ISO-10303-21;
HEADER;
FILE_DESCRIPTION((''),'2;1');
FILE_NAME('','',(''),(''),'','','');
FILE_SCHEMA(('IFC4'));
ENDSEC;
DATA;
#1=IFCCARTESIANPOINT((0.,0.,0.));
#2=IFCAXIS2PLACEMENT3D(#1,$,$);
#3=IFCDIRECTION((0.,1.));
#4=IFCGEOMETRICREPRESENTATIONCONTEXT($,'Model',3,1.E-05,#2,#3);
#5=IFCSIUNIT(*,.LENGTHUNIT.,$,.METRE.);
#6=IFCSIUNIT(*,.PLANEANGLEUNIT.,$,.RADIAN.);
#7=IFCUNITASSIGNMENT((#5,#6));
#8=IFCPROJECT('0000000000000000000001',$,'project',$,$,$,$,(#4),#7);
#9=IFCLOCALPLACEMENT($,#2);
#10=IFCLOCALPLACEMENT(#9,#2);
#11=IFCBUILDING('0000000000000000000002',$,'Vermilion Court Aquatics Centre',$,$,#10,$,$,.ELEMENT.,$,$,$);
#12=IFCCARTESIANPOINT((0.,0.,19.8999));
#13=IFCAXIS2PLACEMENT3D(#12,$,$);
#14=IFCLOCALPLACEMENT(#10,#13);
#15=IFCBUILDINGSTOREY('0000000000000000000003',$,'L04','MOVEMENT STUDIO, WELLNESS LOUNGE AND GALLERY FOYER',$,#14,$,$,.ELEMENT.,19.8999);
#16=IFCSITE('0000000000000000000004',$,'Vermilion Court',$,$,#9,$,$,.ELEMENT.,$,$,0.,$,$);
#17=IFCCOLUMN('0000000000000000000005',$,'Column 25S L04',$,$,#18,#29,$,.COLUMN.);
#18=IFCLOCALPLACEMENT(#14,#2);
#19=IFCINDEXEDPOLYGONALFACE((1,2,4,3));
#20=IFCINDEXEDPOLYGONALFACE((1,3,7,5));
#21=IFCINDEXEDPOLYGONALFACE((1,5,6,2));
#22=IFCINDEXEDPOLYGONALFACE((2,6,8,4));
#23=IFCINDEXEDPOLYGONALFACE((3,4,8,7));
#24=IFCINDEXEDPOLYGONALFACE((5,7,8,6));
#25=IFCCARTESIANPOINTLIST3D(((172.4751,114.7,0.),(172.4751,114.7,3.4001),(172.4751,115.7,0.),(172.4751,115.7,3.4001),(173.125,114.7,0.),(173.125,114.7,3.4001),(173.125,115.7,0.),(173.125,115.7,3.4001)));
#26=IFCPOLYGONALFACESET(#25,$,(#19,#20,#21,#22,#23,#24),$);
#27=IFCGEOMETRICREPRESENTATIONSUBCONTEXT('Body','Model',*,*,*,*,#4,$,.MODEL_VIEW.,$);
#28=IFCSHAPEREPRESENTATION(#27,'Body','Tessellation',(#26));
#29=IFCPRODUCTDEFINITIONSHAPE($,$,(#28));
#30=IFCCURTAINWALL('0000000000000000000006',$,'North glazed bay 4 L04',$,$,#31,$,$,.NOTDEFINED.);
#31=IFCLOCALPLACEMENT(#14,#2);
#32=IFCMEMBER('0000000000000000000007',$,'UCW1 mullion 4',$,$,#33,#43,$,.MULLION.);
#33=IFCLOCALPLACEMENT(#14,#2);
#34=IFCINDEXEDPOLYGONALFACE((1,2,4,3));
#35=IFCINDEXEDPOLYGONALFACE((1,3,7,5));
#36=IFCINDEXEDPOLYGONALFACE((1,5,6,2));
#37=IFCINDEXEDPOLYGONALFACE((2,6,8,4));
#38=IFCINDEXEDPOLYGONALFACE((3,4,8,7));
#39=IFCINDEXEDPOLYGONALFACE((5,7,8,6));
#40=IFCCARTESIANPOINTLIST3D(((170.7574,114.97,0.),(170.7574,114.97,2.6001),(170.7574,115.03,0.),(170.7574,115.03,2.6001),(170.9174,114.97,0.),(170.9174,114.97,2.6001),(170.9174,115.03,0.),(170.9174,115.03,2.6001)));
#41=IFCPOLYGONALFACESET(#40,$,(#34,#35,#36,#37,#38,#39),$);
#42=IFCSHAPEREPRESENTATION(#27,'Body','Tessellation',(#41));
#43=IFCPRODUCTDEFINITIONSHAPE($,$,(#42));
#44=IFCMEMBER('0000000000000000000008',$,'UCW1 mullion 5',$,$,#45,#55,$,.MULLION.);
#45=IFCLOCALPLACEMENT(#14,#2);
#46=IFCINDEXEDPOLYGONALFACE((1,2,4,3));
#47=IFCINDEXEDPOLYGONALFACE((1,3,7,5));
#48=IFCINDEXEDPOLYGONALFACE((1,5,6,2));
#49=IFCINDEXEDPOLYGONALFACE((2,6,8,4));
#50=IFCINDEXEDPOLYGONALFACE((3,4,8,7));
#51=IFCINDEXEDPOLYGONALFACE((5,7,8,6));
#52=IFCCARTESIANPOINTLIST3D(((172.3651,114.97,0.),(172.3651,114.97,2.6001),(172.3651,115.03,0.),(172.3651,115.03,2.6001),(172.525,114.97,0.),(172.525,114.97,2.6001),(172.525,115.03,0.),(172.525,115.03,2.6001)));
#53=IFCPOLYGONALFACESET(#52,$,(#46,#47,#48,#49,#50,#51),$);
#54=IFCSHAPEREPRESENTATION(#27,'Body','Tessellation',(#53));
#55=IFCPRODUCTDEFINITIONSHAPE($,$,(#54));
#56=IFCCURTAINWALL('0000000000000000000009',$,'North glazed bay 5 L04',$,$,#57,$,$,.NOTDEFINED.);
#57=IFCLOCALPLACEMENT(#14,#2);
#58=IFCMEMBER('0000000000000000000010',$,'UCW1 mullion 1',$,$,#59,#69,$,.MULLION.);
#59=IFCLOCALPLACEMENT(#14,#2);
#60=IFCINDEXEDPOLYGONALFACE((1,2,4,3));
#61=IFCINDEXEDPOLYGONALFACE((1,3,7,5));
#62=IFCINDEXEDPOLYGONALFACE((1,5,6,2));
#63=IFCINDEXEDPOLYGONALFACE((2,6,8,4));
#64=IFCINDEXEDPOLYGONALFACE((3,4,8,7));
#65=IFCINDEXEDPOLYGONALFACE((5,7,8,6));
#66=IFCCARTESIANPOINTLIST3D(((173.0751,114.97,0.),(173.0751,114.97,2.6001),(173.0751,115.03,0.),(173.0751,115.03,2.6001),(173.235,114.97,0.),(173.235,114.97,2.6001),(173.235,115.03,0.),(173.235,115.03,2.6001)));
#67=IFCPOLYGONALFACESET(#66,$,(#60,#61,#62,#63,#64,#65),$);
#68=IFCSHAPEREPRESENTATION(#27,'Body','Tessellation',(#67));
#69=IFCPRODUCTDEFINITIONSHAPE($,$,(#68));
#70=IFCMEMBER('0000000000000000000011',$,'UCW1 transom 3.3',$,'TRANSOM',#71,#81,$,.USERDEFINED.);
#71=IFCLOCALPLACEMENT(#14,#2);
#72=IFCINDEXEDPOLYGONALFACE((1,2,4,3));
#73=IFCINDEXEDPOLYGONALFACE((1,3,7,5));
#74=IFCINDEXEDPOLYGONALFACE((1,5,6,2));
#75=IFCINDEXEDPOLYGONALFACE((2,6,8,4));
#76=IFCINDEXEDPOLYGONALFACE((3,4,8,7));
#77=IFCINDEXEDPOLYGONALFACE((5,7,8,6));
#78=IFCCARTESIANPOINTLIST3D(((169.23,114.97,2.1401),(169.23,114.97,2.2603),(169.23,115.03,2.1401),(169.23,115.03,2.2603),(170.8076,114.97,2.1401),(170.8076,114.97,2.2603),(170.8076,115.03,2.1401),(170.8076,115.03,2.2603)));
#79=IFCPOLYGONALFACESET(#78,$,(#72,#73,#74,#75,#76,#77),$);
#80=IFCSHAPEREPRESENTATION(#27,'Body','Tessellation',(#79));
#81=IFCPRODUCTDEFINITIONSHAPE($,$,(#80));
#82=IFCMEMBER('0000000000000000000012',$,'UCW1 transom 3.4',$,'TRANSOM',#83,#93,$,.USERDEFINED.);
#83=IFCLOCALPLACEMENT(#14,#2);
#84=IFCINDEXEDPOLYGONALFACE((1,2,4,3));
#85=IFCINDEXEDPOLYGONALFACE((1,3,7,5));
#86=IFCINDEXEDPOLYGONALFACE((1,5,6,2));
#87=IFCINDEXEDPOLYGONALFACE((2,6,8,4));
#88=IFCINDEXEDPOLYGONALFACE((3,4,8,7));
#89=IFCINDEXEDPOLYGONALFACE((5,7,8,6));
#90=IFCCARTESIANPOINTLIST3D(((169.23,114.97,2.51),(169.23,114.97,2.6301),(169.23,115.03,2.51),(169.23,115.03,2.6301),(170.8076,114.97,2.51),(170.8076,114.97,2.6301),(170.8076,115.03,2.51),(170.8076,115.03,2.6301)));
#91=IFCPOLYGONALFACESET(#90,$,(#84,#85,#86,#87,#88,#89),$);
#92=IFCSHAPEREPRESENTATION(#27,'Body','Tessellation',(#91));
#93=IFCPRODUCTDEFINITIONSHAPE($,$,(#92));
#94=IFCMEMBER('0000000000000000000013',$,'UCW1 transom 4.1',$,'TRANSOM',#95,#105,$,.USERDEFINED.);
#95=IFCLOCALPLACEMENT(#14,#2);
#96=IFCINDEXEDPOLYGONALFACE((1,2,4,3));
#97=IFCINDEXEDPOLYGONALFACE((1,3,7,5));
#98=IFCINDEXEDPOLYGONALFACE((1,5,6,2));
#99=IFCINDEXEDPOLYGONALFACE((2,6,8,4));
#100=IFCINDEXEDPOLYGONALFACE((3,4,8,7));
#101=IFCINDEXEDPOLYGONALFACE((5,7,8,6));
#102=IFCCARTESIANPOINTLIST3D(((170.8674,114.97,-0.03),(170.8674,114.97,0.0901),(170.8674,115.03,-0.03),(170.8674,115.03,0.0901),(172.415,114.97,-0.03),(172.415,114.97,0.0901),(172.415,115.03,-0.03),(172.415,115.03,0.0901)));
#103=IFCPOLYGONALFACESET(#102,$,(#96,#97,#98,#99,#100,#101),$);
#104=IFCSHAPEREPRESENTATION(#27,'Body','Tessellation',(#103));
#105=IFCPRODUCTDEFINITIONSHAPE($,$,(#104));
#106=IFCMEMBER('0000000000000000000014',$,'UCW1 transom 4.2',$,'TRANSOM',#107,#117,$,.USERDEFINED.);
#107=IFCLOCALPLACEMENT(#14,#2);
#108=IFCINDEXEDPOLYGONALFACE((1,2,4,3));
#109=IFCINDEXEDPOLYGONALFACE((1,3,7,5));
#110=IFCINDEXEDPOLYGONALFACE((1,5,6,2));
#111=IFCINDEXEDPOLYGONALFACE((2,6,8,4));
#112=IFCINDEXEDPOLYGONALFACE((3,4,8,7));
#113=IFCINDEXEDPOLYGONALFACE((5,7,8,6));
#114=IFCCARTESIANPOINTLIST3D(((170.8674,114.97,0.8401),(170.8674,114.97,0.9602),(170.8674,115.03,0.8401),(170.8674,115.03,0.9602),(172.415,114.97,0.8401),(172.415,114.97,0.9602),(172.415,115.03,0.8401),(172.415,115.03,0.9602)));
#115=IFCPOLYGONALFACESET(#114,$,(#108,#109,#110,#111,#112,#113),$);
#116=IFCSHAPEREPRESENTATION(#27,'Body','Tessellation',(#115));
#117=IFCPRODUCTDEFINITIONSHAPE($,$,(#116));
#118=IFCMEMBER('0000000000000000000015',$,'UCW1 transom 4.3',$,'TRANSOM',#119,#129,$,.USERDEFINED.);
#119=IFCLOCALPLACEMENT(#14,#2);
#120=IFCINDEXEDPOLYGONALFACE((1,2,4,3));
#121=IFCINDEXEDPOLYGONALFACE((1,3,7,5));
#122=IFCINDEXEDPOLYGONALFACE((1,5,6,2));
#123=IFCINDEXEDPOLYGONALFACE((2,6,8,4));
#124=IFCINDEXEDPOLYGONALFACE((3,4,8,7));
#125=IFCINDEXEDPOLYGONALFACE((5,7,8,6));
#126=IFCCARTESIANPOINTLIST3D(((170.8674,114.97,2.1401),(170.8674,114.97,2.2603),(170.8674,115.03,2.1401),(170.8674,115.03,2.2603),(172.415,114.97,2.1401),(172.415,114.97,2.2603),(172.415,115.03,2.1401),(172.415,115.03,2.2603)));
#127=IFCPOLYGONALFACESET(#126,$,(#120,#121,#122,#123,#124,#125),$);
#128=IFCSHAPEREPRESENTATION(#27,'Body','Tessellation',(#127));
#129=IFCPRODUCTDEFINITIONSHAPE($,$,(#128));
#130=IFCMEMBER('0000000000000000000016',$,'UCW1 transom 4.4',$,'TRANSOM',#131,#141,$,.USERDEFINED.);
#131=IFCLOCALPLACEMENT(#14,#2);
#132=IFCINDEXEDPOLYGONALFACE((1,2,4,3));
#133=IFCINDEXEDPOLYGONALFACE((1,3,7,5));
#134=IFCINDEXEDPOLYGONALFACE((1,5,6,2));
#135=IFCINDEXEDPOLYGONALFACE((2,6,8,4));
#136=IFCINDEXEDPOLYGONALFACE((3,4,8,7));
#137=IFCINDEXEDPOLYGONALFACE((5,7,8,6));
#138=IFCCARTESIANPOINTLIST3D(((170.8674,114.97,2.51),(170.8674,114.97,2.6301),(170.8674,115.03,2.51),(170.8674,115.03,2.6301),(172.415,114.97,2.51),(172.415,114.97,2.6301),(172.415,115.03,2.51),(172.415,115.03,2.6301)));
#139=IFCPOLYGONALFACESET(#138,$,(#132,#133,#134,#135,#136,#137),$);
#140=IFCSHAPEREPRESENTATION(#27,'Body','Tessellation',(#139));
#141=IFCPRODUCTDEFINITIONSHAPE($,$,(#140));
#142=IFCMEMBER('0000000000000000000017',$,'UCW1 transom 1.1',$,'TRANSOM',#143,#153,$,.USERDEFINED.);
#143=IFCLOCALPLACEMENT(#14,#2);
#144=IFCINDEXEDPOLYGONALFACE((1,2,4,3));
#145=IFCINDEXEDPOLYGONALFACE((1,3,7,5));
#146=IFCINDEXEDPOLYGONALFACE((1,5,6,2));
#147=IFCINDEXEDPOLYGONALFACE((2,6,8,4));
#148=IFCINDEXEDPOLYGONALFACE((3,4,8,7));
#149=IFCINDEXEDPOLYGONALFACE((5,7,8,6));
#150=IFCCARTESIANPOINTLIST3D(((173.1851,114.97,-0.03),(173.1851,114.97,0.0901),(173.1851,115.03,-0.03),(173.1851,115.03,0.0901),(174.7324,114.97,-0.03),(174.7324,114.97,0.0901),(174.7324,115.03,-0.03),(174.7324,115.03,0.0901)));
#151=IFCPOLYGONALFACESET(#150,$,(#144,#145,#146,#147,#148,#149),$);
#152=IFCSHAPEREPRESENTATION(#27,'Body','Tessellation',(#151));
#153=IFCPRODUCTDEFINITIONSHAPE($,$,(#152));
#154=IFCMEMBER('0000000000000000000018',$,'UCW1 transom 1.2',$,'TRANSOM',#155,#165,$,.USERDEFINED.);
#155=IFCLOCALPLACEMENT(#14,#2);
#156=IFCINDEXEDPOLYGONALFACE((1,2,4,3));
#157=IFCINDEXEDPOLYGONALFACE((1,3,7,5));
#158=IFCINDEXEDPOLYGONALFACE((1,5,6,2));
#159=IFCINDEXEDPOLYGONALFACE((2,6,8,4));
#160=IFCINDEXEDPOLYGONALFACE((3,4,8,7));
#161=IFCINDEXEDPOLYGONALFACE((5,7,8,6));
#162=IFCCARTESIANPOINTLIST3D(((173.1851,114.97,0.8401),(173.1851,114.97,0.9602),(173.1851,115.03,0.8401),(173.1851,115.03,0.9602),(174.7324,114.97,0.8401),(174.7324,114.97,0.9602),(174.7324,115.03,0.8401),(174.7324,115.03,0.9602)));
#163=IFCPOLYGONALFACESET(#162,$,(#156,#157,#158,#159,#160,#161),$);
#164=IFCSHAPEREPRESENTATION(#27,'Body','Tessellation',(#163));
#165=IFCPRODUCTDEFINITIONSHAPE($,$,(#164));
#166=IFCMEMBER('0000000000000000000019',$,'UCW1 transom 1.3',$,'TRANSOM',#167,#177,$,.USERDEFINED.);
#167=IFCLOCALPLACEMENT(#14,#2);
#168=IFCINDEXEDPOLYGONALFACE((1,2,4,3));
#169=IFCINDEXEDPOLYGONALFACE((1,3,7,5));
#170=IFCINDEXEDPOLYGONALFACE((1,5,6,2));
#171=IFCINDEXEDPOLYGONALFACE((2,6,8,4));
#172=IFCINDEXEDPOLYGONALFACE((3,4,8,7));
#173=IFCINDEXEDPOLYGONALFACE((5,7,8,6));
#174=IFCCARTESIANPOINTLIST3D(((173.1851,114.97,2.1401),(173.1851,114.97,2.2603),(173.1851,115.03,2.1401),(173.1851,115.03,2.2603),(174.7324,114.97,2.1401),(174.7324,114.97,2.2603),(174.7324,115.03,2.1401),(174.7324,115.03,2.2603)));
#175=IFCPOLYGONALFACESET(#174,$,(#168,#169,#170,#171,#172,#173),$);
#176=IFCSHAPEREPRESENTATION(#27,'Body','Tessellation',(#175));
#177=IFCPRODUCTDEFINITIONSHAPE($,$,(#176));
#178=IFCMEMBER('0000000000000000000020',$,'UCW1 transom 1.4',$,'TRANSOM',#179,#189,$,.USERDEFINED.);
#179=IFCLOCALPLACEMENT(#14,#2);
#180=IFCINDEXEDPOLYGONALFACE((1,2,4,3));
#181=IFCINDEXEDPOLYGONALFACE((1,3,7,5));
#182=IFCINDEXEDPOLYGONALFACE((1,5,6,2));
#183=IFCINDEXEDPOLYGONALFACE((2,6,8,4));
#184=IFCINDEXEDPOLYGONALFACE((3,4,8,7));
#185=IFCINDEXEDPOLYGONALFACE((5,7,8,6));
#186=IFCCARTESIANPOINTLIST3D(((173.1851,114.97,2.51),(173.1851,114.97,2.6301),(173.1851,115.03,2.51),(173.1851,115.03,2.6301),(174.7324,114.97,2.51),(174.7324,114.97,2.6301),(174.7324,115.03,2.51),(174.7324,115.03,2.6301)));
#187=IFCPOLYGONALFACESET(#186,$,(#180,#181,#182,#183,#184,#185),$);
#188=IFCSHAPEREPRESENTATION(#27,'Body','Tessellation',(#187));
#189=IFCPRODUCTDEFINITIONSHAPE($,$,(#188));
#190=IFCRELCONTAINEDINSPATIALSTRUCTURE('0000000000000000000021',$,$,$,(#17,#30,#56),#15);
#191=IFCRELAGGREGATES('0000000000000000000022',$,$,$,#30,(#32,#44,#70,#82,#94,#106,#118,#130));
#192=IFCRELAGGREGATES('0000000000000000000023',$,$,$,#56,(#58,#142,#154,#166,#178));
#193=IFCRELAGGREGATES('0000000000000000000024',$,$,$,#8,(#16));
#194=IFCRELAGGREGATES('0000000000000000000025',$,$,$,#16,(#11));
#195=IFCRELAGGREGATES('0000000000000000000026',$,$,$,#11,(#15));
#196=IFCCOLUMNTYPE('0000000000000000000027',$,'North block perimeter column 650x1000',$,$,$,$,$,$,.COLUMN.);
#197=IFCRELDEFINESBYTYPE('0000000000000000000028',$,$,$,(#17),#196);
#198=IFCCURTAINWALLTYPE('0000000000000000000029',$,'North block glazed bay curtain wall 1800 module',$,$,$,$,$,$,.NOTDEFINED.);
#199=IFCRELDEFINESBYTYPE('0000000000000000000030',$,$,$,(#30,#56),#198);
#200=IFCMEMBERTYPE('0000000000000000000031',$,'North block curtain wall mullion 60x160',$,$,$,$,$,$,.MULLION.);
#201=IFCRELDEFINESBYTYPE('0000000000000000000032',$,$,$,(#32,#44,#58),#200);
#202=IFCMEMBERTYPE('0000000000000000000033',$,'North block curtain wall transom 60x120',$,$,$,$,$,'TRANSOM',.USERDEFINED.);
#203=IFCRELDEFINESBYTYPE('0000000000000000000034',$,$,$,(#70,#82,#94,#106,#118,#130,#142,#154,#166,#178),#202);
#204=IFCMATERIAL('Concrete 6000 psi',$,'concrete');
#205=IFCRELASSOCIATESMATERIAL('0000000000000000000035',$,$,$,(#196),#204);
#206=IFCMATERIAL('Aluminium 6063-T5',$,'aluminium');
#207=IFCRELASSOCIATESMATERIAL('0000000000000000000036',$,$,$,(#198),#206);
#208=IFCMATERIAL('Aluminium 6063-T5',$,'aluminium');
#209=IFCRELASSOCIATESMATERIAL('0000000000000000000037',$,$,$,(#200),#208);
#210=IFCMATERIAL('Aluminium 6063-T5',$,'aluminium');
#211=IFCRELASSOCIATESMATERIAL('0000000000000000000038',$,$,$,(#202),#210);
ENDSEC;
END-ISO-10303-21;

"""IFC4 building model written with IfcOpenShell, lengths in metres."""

from ifc_helpers import new_model, si_unit, direction, frame, origin, origin_2d, place, context, subcontext, project, spatial, rectangle, extrude, material, material_profile, profile_set, type_object, element, aggregate, save


model = new_model("IFC4")

# Units and contexts
model_context = context("Model", 3, precision=1e-05, world=origin(), true_north=direction((0.0, 1.0)))
body_context = subcontext(model_context, "Body", "Model", "MODEL_VIEW")
ifc_project = project(units=[si_unit("LENGTHUNIT", "METRE"), si_unit("PLANEANGLEUNIT", "RADIAN")], contexts=[model_context])

# Site, building, storey
site_placement = place(None, origin())
site = spatial("IfcSite", under=ifc_project, at=site_placement, Name="Vermilion Court", CompositionType="ELEMENT", RefElevation=0.0)
building_placement = place(site_placement, origin())
building = spatial("IfcBuilding", under=site, at=building_placement, Name="Vermilion Court Aquatics Centre", CompositionType="ELEMENT")
storey_placement = place(building_placement, frame((0.0, 0.0, 19.8999)))
storey = spatial("IfcBuildingStorey", under=building, at=storey_placement, Name="L04", Description="MOVEMENT STUDIO, WELLNESS LOUNGE AND GALLERY FOYER", CompositionType="ELEMENT", Elevation=19.8999)

# Column
ifc_material_1 = material(Name="Concrete 6000 psi", Category="concrete")
ifc_material_profile_1 = material_profile(ifc_material_1, rectangle(XDim=0.6499, YDim=1.0, at=origin_2d()), Name="RC 650x1000")
ifc_profile_set_1 = profile_set([ifc_material_profile_1], Name="Concrete 6000 psi")
column_type = type_object("IfcColumnType", Name="North block perimeter column 650x1000", PredefinedType="COLUMN", material=ifc_profile_set_1)
column_placement = place(storey_placement, frame((172.8, 115.2, 0.0), z_axis=(0.0, 0.0, 1.0), x_axis=(1.0, 0.0, 0.0)))
element("IfcColumn", 1, at=column_placement, inside=storey, type_object=column_type, Name="Column 25S L04", PredefinedType="COLUMN", context=body_context, shape_type="SweptSolid", body=[
    extrude(rectangle(XDim=0.6499, YDim=1.0, at=origin_2d()), origin(), (0.0, 0.0, 1.0), 3.4001),
])

# Curtain wall, members
ifc_material_2 = material(Name="Aluminium 6063-T5", Category="aluminium")
curtain_wall_type = type_object("IfcCurtainWallType", Name="North block glazed bay curtain wall 1800 module", PredefinedType="NOTDEFINED", material=ifc_material_2)
curtain_wall_1_placement = place(storey_placement, origin())
curtain_wall_1 = element("IfcCurtainWall", 2, at=curtain_wall_1_placement, inside=storey, type_object=curtain_wall_type, Name="North glazed bay 4 L04", PredefinedType="NOTDEFINED")
ifc_material_3 = material(Name="Aluminium 6063-T5", Category="aluminium")
ifc_material_profile_2 = material_profile(ifc_material_3, rectangle(XDim=0.0601, YDim=0.1599, at=origin_2d()), Name="AL 60x160")
ifc_profile_set_2 = profile_set([ifc_material_profile_2], Name="Aluminium 6063-T5")
member_type_1 = type_object("IfcMemberType", Name="North block curtain wall mullion 60x160", PredefinedType="MULLION", material=ifc_profile_set_2)
member_1_placement = place(storey_placement, frame((170.8374, 115.0, 0.0), z_axis=(0.0, 0.0, 1.0), x_axis=(0.0, 1.0, 0.0)))
member_1 = element("IfcMember", 3, at=member_1_placement, type_object=member_type_1, Name="UCW1 mullion 4", PredefinedType="MULLION", context=body_context, shape_type="SweptSolid", body=[
    extrude(rectangle(XDim=0.0601, YDim=0.1599, at=origin_2d()), origin(), (0.0, 0.0, 1.0), 2.6001),
])
member_2_placement = place(storey_placement, frame((172.4451, 115.0, 0.0), z_axis=(0.0, 0.0, 1.0), x_axis=(0.0, 1.0, 0.0)))
member_2 = element("IfcMember", 4, at=member_2_placement, type_object=member_type_1, Name="UCW1 mullion 5", PredefinedType="MULLION", context=body_context, shape_type="SweptSolid", body=[
    extrude(rectangle(XDim=0.0601, YDim=0.1599, at=origin_2d()), origin(), (0.0, 0.0, 1.0), 2.6001),
])

# Curtain wall, member
curtain_wall_2_placement = place(storey_placement, origin())
curtain_wall_2 = element("IfcCurtainWall", 5, at=curtain_wall_2_placement, inside=storey, type_object=curtain_wall_type, Name="North glazed bay 5 L04", PredefinedType="NOTDEFINED")
member_3_placement = place(storey_placement, frame((173.155, 115.0, 0.0), z_axis=(0.0, 0.0, 1.0), x_axis=(0.0, 1.0, 0.0)))
member_3 = element("IfcMember", 6, at=member_3_placement, type_object=member_type_1, Name="UCW1 mullion 1", PredefinedType="MULLION", context=body_context, shape_type="SweptSolid", body=[
    extrude(rectangle(XDim=0.0601, YDim=0.1599, at=origin_2d()), origin(), (0.0, 0.0, 1.0), 2.6001),
])

# Members
ifc_material_4 = material(Name="Aluminium 6063-T5", Category="aluminium")
ifc_material_profile_3 = material_profile(ifc_material_4, rectangle(XDim=0.0601, YDim=0.1201, at=origin_2d()), Name="AL 60x120")
ifc_profile_set_3 = profile_set([ifc_material_profile_3], Name="Aluminium 6063-T5")
member_type_2 = type_object("IfcMemberType", Name="North block curtain wall transom 60x120", ElementType="TRANSOM", PredefinedType="USERDEFINED", material=ifc_profile_set_3)
member_4_placement = place(storey_placement, frame((169.23, 115.0, 2.2002), z_axis=(1.0, 0.0, 0.0), x_axis=(0.0, 1.0, 0.0)))
member_4 = element("IfcMember", 7, at=member_4_placement, type_object=member_type_2, Name="UCW1 transom 3.3", ObjectType="TRANSOM", PredefinedType="USERDEFINED", context=body_context, shape_type="SweptSolid", body=[
    extrude(rectangle(XDim=0.0601, YDim=0.1201, at=origin_2d()), origin(), (0.0, 0.0, 1.0), 1.5776),
])
member_5_placement = place(storey_placement, frame((169.23, 115.0, 2.5701), z_axis=(1.0, 0.0, 0.0), x_axis=(0.0, 1.0, 0.0)))
member_5 = element("IfcMember", 8, at=member_5_placement, type_object=member_type_2, Name="UCW1 transom 3.4", ObjectType="TRANSOM", PredefinedType="USERDEFINED", context=body_context, shape_type="SweptSolid", body=[
    extrude(rectangle(XDim=0.0601, YDim=0.1201, at=origin_2d()), origin(), (0.0, 0.0, 1.0), 1.5776),
])
member_6_placement = place(storey_placement, frame((170.8674, 115.0, 0.03), z_axis=(1.0, 0.0, 0.0), x_axis=(0.0, 1.0, 0.0)))
member_6 = element("IfcMember", 9, at=member_6_placement, type_object=member_type_2, Name="UCW1 transom 4.1", ObjectType="TRANSOM", PredefinedType="USERDEFINED", context=body_context, shape_type="SweptSolid", body=[
    extrude(rectangle(XDim=0.0601, YDim=0.1201, at=origin_2d()), origin(), (0.0, 0.0, 1.0), 1.5476),
])
member_7_placement = place(storey_placement, frame((170.8674, 115.0, 0.9001), z_axis=(1.0, 0.0, 0.0), x_axis=(0.0, 1.0, 0.0)))
member_7 = element("IfcMember", 10, at=member_7_placement, type_object=member_type_2, Name="UCW1 transom 4.2", ObjectType="TRANSOM", PredefinedType="USERDEFINED", context=body_context, shape_type="SweptSolid", body=[
    extrude(rectangle(XDim=0.0601, YDim=0.1201, at=origin_2d()), origin(), (0.0, 0.0, 1.0), 1.5476),
])
member_8_placement = place(storey_placement, frame((170.8674, 115.0, 2.2002), z_axis=(1.0, 0.0, 0.0), x_axis=(0.0, 1.0, 0.0)))
member_8 = element("IfcMember", 11, at=member_8_placement, type_object=member_type_2, Name="UCW1 transom 4.3", ObjectType="TRANSOM", PredefinedType="USERDEFINED", context=body_context, shape_type="SweptSolid", body=[
    extrude(rectangle(XDim=0.0601, YDim=0.1201, at=origin_2d()), origin(), (0.0, 0.0, 1.0), 1.5476),
])
member_9_placement = place(storey_placement, frame((170.8674, 115.0, 2.5701), z_axis=(1.0, 0.0, 0.0), x_axis=(0.0, 1.0, 0.0)))
member_9 = element("IfcMember", 12, at=member_9_placement, type_object=member_type_2, Name="UCW1 transom 4.4", ObjectType="TRANSOM", PredefinedType="USERDEFINED", context=body_context, shape_type="SweptSolid", body=[
    extrude(rectangle(XDim=0.0601, YDim=0.1201, at=origin_2d()), origin(), (0.0, 0.0, 1.0), 1.5476),
])
member_10_placement = place(storey_placement, frame((173.1851, 115.0, 0.03), z_axis=(1.0, 0.0, 0.0), x_axis=(0.0, 1.0, 0.0)))
member_10 = element("IfcMember", 13, at=member_10_placement, type_object=member_type_2, Name="UCW1 transom 1.1", ObjectType="TRANSOM", PredefinedType="USERDEFINED", context=body_context, shape_type="SweptSolid", body=[
    extrude(rectangle(XDim=0.0601, YDim=0.1201, at=origin_2d()), origin(), (0.0, 0.0, 1.0), 1.5474),
])
member_11_placement = place(storey_placement, frame((173.1851, 115.0, 0.9001), z_axis=(1.0, 0.0, 0.0), x_axis=(0.0, 1.0, 0.0)))
member_11 = element("IfcMember", 14, at=member_11_placement, type_object=member_type_2, Name="UCW1 transom 1.2", ObjectType="TRANSOM", PredefinedType="USERDEFINED", context=body_context, shape_type="SweptSolid", body=[
    extrude(rectangle(XDim=0.0601, YDim=0.1201, at=origin_2d()), origin(), (0.0, 0.0, 1.0), 1.5474),
])
member_12_placement = place(storey_placement, frame((173.1851, 115.0, 2.2002), z_axis=(1.0, 0.0, 0.0), x_axis=(0.0, 1.0, 0.0)))
member_12 = element("IfcMember", 15, at=member_12_placement, type_object=member_type_2, Name="UCW1 transom 1.3", ObjectType="TRANSOM", PredefinedType="USERDEFINED", context=body_context, shape_type="SweptSolid", body=[
    extrude(rectangle(XDim=0.0601, YDim=0.1201, at=origin_2d()), origin(), (0.0, 0.0, 1.0), 1.5474),
])
member_13_placement = place(storey_placement, frame((173.1851, 115.0, 2.5701), z_axis=(1.0, 0.0, 0.0), x_axis=(0.0, 1.0, 0.0)))
member_13 = element("IfcMember", 16, at=member_13_placement, type_object=member_type_2, Name="UCW1 transom 1.4", ObjectType="TRANSOM", PredefinedType="USERDEFINED", context=body_context, shape_type="SweptSolid", body=[
    extrude(rectangle(XDim=0.0601, YDim=0.1201, at=origin_2d()), origin(), (0.0, 0.0, 1.0), 1.5474),
])

aggregate(curtain_wall_1, [member_1, member_2, member_4, member_5, member_6, member_7, member_8, member_9])
aggregate(curtain_wall_2, [member_3, member_10, member_11, member_12, member_13])

save(model, "model.ifc")
